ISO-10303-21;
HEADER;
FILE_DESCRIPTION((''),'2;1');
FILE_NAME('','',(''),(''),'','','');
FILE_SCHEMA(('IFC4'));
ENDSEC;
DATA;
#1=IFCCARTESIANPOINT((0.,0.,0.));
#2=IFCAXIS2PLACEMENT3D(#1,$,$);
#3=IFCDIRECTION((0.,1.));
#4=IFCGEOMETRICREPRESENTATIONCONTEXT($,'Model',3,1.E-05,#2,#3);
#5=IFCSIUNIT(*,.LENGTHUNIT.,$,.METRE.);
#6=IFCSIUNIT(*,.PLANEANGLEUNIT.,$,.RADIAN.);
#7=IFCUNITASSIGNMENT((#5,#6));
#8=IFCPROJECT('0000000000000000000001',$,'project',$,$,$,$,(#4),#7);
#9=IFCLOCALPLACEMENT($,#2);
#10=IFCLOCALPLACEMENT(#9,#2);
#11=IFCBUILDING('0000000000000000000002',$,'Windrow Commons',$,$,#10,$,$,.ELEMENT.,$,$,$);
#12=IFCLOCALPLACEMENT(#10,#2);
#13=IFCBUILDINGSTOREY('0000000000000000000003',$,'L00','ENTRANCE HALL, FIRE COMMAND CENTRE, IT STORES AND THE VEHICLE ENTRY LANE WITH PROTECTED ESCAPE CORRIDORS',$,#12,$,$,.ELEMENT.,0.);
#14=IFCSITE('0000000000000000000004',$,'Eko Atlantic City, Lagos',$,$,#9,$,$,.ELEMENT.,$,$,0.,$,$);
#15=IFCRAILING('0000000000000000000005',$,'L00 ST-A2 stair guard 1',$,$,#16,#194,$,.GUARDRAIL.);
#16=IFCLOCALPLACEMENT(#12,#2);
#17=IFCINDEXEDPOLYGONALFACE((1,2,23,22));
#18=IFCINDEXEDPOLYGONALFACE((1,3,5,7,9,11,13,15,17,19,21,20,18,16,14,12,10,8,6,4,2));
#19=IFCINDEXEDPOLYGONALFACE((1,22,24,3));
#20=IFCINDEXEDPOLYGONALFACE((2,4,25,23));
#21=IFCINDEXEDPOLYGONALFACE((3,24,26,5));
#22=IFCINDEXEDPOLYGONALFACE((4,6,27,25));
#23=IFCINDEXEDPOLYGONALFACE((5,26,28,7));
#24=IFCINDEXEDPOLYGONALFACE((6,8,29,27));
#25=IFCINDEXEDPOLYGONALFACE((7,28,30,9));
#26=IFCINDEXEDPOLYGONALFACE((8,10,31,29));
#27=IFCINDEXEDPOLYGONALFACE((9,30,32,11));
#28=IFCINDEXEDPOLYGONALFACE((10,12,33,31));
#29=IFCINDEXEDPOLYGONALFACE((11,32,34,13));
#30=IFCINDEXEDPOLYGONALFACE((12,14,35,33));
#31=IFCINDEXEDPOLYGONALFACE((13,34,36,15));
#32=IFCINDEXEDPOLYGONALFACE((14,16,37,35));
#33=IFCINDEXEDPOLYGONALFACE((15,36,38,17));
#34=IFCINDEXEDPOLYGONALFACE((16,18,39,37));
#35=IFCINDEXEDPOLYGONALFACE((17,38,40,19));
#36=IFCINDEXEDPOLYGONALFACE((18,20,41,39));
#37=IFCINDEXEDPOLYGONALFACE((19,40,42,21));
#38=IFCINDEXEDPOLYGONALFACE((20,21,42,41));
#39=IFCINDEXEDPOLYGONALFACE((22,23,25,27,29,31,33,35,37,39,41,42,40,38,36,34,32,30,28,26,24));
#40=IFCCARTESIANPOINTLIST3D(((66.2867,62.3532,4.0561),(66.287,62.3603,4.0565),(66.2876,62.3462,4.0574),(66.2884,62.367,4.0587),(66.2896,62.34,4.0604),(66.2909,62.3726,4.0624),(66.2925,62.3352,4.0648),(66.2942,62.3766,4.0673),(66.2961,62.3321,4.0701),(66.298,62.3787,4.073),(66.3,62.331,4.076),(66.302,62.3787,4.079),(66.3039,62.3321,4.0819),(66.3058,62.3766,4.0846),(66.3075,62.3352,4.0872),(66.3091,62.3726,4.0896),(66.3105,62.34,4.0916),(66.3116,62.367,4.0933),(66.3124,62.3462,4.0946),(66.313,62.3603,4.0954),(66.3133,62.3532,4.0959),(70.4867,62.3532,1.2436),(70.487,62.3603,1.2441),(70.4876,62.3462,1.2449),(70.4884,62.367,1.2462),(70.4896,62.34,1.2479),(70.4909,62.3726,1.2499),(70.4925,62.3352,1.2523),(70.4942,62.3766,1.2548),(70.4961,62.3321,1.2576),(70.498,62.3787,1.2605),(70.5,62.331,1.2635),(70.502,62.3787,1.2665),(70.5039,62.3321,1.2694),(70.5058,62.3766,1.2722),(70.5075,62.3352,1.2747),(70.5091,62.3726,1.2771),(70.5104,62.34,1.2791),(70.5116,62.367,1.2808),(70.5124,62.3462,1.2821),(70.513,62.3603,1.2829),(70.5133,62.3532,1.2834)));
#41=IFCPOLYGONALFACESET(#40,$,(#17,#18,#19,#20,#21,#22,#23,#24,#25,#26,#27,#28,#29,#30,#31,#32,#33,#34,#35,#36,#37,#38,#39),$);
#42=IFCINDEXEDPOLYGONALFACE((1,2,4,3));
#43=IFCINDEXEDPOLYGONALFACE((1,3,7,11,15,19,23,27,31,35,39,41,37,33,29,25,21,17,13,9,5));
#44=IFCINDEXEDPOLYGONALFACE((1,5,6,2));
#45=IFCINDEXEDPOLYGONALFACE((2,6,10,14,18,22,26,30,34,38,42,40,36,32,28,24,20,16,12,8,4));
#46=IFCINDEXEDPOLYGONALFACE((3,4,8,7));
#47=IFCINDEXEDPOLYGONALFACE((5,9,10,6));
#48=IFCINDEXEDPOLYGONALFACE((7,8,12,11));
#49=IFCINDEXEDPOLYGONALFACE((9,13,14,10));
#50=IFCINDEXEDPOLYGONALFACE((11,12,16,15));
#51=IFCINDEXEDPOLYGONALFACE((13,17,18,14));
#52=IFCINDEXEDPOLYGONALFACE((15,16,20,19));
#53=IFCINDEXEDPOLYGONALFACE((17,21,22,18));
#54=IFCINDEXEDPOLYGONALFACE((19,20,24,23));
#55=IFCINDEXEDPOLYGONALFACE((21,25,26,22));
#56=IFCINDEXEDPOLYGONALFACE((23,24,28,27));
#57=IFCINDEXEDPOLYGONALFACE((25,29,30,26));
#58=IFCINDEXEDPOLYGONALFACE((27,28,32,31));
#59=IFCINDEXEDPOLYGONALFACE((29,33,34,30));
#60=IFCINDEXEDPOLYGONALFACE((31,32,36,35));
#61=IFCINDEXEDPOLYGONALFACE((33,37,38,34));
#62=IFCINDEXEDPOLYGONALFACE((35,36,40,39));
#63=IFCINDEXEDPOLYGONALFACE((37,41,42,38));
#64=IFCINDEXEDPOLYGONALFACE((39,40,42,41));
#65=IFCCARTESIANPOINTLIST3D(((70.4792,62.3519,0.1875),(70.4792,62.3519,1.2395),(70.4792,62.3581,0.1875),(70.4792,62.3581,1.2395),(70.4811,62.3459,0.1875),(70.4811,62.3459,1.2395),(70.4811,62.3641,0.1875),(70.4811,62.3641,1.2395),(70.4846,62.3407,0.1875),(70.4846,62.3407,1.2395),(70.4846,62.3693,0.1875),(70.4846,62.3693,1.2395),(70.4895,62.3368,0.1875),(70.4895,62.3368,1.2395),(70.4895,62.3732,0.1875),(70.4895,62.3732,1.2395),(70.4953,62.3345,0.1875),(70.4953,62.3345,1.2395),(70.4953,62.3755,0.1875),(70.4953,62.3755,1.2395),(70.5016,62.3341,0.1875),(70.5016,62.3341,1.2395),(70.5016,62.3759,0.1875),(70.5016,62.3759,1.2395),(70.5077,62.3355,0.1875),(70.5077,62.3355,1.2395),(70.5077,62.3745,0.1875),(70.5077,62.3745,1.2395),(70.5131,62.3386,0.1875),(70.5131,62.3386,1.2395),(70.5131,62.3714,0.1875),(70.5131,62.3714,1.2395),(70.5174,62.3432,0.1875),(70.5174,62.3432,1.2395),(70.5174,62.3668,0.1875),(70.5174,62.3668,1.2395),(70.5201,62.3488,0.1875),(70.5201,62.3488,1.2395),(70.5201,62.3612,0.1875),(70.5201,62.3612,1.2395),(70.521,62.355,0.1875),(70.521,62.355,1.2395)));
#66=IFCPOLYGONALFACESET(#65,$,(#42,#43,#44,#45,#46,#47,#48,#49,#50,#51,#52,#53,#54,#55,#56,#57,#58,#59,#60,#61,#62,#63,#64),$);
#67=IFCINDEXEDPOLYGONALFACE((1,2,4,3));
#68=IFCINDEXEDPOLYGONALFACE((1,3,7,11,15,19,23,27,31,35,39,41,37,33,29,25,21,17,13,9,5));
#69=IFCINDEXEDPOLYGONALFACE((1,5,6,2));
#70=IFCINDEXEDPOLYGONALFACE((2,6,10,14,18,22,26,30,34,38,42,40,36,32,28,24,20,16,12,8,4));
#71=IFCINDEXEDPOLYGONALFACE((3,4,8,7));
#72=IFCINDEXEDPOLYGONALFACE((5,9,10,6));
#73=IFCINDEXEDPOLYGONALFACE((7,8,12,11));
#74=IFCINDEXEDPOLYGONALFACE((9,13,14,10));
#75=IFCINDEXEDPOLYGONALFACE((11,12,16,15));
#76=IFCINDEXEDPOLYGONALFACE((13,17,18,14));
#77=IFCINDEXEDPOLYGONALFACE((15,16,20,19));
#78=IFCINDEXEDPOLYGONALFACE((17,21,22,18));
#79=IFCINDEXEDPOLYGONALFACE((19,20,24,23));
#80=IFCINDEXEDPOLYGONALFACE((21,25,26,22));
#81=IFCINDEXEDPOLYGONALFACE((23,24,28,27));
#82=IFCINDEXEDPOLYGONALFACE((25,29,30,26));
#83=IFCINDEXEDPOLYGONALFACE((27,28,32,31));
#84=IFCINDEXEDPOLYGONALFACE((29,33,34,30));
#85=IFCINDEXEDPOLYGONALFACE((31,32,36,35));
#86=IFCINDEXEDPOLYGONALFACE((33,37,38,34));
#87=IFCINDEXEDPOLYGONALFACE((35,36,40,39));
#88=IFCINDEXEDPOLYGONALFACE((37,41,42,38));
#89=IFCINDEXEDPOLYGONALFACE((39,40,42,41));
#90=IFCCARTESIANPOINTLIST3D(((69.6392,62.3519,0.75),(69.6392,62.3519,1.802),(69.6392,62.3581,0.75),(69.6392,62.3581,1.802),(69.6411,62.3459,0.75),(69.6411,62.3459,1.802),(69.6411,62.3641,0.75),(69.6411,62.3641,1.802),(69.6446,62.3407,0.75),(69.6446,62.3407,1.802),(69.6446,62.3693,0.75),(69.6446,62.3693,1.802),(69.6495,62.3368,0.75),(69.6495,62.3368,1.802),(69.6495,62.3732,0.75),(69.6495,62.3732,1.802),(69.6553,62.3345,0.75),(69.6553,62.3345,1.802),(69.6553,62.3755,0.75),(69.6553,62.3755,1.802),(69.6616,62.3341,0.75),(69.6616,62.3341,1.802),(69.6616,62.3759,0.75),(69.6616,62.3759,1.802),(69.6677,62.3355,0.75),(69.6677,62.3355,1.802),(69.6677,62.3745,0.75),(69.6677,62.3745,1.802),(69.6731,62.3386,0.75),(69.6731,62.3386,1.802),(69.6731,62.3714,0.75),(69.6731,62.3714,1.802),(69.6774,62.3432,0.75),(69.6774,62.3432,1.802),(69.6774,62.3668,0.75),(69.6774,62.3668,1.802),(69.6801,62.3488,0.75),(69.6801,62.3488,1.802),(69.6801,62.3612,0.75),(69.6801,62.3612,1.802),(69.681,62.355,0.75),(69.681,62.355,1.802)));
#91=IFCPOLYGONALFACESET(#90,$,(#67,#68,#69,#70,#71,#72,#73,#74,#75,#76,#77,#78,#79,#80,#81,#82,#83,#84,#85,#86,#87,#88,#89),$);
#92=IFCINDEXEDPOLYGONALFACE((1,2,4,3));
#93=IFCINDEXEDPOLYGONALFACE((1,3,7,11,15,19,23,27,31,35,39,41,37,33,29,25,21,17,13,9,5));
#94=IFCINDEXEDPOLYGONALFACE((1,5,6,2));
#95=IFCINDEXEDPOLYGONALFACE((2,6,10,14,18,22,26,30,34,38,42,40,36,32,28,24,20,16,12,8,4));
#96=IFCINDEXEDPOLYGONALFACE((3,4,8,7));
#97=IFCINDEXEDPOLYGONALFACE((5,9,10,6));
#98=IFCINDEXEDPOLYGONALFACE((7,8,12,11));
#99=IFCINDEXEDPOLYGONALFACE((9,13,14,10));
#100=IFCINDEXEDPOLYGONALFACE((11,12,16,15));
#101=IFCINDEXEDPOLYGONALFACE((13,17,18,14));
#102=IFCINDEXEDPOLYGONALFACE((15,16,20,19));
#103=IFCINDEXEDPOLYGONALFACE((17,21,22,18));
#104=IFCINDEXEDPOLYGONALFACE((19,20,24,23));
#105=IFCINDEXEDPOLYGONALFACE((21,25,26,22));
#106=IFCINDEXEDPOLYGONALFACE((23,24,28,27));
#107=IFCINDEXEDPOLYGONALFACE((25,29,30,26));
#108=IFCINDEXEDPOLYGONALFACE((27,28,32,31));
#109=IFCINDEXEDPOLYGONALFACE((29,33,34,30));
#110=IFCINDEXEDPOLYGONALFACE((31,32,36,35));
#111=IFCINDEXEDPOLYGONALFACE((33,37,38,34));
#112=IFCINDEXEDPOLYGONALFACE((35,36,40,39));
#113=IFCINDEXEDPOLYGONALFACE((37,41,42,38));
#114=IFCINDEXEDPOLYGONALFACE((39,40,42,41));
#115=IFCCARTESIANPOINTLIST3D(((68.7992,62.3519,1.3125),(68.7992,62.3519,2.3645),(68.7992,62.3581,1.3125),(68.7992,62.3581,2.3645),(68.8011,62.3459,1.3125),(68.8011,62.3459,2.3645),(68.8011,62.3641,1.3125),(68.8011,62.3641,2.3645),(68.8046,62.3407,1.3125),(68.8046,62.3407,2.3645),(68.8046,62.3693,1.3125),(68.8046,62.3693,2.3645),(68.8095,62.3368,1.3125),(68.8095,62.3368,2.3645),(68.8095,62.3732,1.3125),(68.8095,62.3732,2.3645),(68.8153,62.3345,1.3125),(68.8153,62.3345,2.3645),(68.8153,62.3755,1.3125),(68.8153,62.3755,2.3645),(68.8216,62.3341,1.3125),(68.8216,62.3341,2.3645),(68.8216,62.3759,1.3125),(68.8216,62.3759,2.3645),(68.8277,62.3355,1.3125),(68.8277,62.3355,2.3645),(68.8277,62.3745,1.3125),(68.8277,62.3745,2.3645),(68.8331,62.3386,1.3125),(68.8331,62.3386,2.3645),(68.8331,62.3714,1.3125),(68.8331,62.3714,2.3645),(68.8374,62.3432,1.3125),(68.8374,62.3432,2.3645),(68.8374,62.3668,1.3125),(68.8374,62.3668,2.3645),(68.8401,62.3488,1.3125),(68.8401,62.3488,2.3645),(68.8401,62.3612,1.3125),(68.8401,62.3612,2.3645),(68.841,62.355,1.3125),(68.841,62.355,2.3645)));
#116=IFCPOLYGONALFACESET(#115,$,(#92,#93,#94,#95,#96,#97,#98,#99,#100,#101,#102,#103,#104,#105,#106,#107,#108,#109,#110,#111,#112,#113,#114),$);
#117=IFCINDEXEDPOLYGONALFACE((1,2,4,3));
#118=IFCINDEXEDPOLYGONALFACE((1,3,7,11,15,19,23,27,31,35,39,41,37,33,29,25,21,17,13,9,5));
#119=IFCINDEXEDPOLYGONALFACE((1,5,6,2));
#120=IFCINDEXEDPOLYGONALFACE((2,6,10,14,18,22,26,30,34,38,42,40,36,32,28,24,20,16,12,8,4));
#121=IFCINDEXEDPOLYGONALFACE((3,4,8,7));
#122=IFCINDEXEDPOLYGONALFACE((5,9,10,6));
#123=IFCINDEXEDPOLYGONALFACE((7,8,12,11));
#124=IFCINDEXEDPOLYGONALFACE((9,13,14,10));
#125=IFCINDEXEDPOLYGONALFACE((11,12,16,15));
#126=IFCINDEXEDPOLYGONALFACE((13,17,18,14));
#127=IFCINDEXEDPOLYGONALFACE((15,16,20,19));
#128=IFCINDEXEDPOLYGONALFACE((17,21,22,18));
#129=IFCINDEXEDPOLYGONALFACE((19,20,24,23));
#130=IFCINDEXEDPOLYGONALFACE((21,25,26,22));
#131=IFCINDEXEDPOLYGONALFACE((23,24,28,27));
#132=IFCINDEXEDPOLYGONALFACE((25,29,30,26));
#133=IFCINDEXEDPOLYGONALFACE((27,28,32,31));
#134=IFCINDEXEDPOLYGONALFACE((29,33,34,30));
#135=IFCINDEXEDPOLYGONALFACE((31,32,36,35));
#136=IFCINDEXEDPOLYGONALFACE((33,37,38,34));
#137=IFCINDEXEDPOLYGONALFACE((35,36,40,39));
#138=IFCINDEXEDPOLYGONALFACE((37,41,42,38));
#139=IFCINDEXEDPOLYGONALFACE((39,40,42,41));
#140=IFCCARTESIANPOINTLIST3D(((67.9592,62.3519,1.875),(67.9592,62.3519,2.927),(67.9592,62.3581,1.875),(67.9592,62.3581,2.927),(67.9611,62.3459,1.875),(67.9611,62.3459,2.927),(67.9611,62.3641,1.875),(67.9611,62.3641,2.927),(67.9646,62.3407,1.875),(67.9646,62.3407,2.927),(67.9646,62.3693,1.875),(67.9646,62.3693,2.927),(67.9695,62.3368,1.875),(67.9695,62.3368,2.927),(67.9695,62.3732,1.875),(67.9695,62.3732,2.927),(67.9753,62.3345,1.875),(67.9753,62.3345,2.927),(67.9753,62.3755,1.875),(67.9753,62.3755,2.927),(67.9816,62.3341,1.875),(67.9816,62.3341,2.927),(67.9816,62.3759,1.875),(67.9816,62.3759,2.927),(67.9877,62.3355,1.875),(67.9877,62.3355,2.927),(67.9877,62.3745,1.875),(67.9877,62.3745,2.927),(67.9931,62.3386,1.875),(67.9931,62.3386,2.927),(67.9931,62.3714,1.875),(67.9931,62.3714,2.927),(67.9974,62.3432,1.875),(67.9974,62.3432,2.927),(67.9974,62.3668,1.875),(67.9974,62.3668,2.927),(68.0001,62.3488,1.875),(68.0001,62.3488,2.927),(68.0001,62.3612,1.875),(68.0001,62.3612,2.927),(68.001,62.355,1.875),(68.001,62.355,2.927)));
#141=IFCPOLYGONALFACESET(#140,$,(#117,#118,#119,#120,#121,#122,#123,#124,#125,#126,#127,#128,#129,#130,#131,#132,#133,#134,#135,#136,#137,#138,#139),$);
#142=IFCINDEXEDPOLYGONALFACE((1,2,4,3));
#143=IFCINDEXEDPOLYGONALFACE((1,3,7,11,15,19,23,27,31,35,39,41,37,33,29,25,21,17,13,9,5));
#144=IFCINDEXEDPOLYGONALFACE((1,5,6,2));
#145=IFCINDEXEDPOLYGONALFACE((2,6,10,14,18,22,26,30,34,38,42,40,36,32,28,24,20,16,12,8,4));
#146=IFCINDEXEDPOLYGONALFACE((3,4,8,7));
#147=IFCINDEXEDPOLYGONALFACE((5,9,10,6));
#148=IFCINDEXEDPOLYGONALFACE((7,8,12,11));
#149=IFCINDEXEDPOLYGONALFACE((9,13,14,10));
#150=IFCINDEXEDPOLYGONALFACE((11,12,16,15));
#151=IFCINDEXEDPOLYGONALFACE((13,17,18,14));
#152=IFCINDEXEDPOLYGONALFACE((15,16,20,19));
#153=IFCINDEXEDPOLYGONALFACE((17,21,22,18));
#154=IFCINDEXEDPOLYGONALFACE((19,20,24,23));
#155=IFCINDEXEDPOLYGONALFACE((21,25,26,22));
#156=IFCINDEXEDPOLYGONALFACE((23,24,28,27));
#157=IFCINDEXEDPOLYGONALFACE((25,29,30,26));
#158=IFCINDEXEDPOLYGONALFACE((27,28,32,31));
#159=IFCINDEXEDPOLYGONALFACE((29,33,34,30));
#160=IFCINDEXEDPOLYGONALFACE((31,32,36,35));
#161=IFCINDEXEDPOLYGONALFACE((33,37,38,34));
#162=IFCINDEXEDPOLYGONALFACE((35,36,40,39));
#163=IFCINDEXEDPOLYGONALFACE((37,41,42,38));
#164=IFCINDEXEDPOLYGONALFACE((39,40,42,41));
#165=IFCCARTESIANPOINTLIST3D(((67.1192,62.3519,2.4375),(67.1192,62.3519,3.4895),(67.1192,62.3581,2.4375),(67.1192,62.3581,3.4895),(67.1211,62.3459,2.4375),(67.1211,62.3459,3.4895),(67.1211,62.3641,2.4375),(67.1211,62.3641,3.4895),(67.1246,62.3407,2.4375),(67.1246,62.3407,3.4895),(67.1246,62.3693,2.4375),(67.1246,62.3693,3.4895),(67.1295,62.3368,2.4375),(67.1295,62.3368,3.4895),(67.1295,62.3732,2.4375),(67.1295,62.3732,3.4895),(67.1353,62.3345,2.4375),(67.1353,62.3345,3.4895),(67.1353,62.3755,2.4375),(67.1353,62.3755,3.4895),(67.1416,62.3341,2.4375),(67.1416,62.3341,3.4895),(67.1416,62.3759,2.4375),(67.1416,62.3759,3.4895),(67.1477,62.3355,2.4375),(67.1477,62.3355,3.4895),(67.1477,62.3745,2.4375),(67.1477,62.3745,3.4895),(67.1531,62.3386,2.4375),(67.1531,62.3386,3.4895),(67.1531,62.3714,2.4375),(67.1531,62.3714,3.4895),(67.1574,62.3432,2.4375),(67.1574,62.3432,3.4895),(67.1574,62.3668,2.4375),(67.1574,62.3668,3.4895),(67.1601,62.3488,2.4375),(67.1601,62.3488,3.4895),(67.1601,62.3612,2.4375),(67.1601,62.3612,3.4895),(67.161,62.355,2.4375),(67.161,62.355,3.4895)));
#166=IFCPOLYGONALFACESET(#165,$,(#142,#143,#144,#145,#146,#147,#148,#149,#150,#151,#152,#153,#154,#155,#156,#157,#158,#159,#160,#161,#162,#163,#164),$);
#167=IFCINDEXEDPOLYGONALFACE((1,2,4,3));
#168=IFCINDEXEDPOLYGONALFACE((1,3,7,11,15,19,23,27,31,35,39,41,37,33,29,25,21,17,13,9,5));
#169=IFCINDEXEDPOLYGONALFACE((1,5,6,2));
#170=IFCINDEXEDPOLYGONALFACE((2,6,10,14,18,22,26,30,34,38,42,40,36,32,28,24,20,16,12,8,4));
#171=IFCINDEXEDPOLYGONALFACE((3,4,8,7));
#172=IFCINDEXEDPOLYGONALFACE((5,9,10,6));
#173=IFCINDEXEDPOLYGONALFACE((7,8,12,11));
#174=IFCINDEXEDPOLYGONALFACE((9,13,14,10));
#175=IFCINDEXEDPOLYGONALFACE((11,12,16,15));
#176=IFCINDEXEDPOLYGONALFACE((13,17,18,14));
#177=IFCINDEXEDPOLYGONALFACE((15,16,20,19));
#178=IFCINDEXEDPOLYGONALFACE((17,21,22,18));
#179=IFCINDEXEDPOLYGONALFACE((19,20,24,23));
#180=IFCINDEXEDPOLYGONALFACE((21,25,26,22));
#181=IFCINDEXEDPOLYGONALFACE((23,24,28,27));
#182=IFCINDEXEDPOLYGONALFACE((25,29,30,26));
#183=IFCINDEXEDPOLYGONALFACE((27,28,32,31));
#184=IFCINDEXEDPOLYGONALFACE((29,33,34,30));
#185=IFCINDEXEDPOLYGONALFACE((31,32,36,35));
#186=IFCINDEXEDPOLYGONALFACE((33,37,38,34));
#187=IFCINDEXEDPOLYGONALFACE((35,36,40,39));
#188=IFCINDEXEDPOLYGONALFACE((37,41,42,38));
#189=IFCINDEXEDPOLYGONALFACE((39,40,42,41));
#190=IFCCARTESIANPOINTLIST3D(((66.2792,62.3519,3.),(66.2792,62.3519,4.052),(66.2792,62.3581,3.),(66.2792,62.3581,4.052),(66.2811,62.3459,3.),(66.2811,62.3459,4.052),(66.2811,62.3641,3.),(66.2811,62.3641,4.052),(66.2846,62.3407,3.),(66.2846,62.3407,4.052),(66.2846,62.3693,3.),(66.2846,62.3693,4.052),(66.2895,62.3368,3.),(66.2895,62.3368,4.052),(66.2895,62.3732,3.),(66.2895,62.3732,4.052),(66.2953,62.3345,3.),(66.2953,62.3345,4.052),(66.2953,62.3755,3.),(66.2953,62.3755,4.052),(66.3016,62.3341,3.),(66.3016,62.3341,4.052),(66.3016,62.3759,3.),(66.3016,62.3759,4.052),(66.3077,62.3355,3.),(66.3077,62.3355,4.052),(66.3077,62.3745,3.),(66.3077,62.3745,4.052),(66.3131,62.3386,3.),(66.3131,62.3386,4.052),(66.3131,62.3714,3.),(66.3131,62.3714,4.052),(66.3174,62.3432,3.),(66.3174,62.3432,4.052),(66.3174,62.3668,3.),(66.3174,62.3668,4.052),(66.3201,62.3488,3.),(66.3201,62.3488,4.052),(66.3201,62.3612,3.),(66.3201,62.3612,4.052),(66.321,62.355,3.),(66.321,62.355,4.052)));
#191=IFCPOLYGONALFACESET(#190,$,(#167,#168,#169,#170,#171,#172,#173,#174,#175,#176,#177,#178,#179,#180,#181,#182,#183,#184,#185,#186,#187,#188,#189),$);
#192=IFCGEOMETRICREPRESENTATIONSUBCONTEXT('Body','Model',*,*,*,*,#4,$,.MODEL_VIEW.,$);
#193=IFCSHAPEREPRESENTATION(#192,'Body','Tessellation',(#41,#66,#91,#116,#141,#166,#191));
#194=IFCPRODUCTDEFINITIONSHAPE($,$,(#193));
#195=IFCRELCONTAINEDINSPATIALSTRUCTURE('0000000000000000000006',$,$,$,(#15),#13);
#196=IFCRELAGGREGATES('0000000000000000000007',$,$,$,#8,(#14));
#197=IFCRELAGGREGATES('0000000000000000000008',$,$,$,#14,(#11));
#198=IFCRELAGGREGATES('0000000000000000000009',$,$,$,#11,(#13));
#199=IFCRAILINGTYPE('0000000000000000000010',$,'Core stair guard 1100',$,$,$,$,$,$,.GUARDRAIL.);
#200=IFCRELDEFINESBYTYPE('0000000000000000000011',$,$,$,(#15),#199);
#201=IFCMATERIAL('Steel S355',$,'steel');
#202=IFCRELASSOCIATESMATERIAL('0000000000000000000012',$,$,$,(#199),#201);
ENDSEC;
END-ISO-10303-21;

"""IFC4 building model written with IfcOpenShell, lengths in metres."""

from ifc_helpers import new_model, si_unit, direction, frame, origin, origin_2d, place, context, subcontext, project, spatial, circle, extrude, material, type_object, element, save


model = new_model("IFC4")

# Units and contexts
model_context = context("Model", 3, precision=1e-05, world=origin(), true_north=direction((0.0, 1.0)))
body_context = subcontext(model_context, "Body", "Model", "MODEL_VIEW")
ifc_project = project(units=[si_unit("LENGTHUNIT", "METRE"), si_unit("PLANEANGLEUNIT", "RADIAN")], contexts=[model_context])

# Site, building, storey
site_placement = place(None, origin())
site = spatial("IfcSite", under=ifc_project, at=site_placement, Name="Eko Atlantic City, Lagos", CompositionType="ELEMENT", RefElevation=0.0)
building_placement = place(site_placement, origin())
building = spatial("IfcBuilding", under=site, at=building_placement, Name="Windrow Commons", CompositionType="ELEMENT")
storey_placement = place(building_placement, origin())
storey = spatial("IfcBuildingStorey", under=building, at=storey_placement, Name="L00", Description="ENTRANCE HALL, FIRE COMMAND CENTRE, IT STORES AND THE VEHICLE ENTRY LANE WITH PROTECTED ESCAPE CORRIDORS", CompositionType="ELEMENT", Elevation=0.0)

# Railing
ifc_material_1 = material(Name="Steel S355", Category="steel")
railing_type_1 = type_object("IfcRailingType", Name="Core stair guard 1100", PredefinedType="GUARDRAIL", material=ifc_material_1)
railing_1_placement = place(storey_placement, frame((70.5, 62.355, 0.1875)))
element("IfcRailing", 1, at=railing_1_placement, inside=storey, type_object=railing_type_1, Name="L00 ST-A2 stair guard 1", PredefinedType="GUARDRAIL", context=body_context, shape_type="SweptSolid", body=[
    extrude(circle(Radius=0.024, at=origin_2d()), frame((0.0, 0.0, 1.076), z_axis=(-0.830907, 0.0, 0.556411), x_axis=(0.0, -1.0, 0.0)), (0.0, 0.0, 1.0), 5.0547),
    extrude(circle(Radius=0.021, at=origin_2d()), origin(), (0.0, 0.0, 1.0), 1.052),
    extrude(circle(Radius=0.021, at=origin_2d()), frame((-0.84, 0.0, 0.5625)), (0.0, 0.0, 1.0), 1.052),
    extrude(circle(Radius=0.021, at=origin_2d()), frame((-1.68, 0.0, 1.125)), (0.0, 0.0, 1.0), 1.052),
    extrude(circle(Radius=0.021, at=origin_2d()), frame((-2.52, 0.0, 1.6875)), (0.0, 0.0, 1.0), 1.052),
    extrude(circle(Radius=0.021, at=origin_2d()), frame((-3.36, 0.0, 2.25)), (0.0, 0.0, 1.0), 1.052),
    extrude(circle(Radius=0.021, at=origin_2d()), frame((-4.2, 0.0, 2.8125)), (0.0, 0.0, 1.0), 1.052),
])

save(model, "model.ifc")
